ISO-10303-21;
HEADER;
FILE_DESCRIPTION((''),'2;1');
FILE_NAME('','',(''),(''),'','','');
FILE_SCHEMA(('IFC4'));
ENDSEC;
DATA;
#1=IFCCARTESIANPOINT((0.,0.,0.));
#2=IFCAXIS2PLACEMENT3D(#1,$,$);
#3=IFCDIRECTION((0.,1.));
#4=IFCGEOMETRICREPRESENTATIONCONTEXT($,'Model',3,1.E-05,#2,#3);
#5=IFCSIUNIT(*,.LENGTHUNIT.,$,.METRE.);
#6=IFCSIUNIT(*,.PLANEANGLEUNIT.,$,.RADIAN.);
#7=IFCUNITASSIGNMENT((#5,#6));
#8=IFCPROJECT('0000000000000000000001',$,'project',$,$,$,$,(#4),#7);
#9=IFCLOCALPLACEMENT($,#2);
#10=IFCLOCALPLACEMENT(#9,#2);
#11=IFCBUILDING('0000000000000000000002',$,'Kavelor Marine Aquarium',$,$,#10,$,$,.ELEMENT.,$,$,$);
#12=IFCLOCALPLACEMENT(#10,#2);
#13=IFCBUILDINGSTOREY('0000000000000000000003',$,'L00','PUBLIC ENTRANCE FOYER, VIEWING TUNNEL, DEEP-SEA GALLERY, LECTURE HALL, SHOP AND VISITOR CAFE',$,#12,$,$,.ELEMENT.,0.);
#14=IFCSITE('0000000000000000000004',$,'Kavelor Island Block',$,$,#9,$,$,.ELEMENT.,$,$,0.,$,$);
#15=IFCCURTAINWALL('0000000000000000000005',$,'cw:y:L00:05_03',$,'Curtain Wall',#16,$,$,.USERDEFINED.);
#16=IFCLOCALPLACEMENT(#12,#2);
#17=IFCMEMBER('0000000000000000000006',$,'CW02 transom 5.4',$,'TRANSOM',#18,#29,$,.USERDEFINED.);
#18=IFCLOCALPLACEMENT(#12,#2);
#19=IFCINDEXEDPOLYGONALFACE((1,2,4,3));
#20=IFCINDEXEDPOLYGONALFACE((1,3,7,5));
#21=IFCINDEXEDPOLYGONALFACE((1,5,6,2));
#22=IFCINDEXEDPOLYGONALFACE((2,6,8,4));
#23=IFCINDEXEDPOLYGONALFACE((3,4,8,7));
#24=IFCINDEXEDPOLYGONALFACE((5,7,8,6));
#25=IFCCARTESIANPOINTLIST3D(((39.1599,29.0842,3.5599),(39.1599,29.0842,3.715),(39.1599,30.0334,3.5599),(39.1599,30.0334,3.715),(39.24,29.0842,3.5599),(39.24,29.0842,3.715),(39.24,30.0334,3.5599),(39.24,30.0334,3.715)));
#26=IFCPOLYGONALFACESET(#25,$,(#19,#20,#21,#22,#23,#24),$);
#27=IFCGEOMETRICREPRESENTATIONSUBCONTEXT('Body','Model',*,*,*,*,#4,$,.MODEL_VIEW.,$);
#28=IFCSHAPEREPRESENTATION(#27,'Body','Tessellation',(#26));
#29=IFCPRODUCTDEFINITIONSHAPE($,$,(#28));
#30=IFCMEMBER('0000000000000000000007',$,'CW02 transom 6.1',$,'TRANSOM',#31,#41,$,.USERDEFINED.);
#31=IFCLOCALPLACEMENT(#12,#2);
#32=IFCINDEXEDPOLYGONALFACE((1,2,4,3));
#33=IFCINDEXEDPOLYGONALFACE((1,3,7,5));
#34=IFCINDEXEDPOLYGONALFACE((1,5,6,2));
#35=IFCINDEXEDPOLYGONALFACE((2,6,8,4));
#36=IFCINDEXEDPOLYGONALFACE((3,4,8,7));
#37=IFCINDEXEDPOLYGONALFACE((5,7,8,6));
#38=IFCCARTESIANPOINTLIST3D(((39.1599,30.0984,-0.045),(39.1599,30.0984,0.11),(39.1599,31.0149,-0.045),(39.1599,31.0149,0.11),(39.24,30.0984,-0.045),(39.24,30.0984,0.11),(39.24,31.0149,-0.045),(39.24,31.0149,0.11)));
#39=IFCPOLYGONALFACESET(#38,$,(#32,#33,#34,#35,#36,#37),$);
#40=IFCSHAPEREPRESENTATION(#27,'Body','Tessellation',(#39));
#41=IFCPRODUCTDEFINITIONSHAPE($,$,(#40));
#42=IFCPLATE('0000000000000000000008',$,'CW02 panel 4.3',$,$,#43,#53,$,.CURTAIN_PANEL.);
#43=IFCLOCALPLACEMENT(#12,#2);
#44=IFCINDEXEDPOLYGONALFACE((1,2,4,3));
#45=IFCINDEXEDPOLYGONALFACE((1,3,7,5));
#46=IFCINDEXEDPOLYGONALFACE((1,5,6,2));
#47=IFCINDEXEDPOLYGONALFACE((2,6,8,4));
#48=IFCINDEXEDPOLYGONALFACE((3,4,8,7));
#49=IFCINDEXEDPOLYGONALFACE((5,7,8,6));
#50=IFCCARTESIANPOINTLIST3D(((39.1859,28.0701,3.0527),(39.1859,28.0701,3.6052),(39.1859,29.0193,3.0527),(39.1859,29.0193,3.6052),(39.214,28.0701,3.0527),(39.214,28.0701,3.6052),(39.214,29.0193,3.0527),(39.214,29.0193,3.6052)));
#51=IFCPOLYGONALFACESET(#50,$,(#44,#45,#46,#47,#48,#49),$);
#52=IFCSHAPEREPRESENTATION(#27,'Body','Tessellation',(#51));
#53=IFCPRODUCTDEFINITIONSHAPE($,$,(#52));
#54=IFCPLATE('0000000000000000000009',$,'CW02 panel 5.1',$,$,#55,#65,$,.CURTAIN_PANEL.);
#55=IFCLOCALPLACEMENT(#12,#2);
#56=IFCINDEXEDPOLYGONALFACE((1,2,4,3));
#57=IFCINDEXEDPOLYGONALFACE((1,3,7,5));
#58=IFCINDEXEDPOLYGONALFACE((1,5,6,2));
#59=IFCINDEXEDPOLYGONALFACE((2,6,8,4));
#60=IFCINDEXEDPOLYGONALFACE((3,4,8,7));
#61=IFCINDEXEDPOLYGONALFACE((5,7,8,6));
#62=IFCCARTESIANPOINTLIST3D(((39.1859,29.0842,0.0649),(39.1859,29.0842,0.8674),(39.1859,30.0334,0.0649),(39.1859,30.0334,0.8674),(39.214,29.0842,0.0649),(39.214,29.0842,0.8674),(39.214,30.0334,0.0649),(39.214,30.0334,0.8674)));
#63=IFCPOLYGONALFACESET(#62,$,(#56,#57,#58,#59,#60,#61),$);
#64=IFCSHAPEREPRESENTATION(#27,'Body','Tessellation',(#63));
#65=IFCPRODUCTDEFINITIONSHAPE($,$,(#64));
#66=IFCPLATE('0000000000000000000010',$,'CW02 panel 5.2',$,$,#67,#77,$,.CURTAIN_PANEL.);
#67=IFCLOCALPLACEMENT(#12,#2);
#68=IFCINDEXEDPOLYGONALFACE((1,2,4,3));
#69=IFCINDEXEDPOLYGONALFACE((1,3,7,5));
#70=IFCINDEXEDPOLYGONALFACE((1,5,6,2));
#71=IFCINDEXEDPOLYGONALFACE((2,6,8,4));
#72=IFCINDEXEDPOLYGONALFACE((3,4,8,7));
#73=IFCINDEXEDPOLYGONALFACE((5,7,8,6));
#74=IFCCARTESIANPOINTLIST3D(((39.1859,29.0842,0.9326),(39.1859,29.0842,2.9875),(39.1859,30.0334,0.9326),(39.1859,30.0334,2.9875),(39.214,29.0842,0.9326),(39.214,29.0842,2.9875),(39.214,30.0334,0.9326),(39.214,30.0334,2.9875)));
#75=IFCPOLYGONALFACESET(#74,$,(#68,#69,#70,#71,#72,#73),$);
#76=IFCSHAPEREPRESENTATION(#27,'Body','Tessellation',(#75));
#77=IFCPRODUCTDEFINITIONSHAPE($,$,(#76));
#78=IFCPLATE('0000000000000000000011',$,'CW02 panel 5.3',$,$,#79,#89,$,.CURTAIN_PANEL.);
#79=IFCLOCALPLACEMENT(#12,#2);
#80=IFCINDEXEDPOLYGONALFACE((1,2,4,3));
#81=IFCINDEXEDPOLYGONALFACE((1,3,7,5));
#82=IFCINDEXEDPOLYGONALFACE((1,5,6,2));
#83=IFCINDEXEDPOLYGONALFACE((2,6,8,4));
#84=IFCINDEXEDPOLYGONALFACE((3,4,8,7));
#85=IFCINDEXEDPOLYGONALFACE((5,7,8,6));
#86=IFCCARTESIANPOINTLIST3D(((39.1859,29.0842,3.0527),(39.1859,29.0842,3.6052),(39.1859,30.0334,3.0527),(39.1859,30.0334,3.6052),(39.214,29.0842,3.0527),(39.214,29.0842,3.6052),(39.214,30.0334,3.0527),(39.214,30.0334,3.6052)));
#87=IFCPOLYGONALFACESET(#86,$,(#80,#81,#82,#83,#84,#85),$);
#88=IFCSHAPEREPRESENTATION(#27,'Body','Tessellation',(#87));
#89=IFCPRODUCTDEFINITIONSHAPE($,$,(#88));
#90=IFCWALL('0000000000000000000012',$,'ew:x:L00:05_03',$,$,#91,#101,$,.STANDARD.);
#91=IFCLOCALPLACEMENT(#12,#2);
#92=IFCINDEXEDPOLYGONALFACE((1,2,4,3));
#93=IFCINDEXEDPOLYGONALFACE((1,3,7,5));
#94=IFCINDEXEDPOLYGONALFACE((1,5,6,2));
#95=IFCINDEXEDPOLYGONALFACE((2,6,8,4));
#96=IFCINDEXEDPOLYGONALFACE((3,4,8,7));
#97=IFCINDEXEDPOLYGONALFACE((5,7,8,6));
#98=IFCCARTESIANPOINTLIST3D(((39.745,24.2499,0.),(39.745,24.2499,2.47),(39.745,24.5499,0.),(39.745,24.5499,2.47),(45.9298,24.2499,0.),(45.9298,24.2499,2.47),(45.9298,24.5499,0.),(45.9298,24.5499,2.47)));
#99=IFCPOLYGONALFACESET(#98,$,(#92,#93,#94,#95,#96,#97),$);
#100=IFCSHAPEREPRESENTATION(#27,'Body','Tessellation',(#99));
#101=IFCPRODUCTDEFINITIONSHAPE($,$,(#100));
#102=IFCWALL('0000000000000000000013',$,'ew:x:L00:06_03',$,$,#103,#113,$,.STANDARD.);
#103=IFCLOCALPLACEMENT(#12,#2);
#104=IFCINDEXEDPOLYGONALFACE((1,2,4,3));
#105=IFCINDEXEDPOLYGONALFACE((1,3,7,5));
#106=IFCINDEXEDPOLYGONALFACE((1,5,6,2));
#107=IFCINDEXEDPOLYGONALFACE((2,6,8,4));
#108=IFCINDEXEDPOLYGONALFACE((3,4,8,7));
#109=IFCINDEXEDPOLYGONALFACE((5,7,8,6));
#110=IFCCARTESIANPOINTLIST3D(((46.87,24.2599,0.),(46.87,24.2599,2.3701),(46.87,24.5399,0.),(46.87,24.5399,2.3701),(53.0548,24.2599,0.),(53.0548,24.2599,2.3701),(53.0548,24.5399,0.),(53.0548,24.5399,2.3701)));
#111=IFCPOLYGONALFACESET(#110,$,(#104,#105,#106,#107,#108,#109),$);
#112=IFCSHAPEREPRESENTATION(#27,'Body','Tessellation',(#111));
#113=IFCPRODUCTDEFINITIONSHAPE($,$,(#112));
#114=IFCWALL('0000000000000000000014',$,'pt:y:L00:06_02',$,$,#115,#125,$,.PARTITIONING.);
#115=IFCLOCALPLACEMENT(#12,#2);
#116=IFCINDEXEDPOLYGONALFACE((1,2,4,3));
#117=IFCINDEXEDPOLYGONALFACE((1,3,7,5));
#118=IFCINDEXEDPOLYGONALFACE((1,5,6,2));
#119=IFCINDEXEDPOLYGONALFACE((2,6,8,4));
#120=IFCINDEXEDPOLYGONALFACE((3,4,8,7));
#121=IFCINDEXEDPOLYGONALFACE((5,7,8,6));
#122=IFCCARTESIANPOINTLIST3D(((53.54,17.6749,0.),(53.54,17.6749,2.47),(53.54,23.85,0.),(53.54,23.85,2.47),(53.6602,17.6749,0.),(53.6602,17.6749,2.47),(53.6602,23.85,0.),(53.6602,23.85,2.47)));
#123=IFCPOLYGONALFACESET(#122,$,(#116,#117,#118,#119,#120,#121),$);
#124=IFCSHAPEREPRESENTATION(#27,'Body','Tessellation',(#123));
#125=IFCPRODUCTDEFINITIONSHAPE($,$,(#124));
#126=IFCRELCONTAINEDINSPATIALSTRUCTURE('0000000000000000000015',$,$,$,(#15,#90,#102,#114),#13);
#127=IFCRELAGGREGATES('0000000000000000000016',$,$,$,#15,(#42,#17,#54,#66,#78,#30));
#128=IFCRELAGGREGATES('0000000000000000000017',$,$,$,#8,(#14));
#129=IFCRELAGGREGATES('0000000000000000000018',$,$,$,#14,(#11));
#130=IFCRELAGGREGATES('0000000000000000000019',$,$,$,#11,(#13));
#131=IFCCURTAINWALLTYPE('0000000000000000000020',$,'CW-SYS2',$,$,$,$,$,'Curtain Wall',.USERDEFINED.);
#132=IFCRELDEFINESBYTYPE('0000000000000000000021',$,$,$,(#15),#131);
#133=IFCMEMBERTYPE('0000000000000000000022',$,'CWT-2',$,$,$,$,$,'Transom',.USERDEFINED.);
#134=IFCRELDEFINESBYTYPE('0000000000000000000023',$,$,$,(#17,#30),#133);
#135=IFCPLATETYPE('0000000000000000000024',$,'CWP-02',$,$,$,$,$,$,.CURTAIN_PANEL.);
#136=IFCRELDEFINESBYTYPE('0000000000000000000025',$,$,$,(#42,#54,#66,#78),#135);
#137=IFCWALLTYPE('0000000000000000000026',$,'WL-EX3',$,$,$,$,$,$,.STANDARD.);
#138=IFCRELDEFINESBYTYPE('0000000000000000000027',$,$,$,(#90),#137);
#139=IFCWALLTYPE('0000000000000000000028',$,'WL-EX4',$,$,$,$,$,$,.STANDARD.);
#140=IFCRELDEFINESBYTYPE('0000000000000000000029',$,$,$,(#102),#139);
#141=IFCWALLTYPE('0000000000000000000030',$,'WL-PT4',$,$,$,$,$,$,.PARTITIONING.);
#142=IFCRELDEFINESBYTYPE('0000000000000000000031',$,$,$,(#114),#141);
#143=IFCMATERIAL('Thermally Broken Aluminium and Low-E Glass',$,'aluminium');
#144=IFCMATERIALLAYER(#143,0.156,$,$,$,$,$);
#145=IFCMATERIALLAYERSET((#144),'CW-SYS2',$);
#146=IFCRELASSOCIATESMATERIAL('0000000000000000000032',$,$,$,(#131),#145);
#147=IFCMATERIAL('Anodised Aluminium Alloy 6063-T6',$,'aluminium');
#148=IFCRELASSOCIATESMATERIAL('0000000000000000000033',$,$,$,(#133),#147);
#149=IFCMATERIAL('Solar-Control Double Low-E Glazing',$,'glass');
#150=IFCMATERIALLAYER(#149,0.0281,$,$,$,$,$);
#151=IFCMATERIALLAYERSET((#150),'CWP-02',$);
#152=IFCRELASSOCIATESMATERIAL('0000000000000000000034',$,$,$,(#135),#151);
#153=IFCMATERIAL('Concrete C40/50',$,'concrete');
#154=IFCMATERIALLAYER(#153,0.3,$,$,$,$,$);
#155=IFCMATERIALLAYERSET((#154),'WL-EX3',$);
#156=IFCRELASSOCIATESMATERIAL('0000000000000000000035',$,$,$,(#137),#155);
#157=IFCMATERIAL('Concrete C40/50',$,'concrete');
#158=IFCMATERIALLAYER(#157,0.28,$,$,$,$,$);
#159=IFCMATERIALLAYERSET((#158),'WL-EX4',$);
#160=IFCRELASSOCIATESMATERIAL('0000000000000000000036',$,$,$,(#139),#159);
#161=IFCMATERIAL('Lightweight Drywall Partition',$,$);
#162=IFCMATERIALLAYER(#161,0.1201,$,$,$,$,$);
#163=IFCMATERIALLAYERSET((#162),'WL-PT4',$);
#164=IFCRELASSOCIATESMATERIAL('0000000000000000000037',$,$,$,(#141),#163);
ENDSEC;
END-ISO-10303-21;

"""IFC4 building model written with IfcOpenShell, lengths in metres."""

from ifc_helpers import new_model, si_unit, direction, frame, frame_2d, origin, origin_2d, place, context, subcontext, project, spatial, rectangle, extrude, material, layer, layer_set, material_profile, profile_set, type_object, element, aggregate, save


model = new_model("IFC4")

# Units and contexts
model_context = context("Model", 3, precision=1e-05, world=origin(), true_north=direction((0.0, 1.0)))
body_context = subcontext(model_context, "Body", "Model", "MODEL_VIEW")
ifc_project = project(units=[si_unit("LENGTHUNIT", "METRE"), si_unit("PLANEANGLEUNIT", "RADIAN")], contexts=[model_context])

# Site, building, storey
site_placement = place(None, origin())
site = spatial("IfcSite", under=ifc_project, at=site_placement, Name="Kavelor Island Block", CompositionType="ELEMENT", RefElevation=0.0)
building_placement = place(site_placement, origin())
building = spatial("IfcBuilding", under=site, at=building_placement, Name="Kavelor Marine Aquarium", CompositionType="ELEMENT")
storey_placement = place(building_placement, origin())
storey = spatial("IfcBuildingStorey", under=building, at=storey_placement, Name="L00", Description="PUBLIC ENTRANCE FOYER, VIEWING TUNNEL, DEEP-SEA GALLERY, LECTURE HALL, SHOP AND VISITOR CAFE", CompositionType="ELEMENT", Elevation=0.0)

# Curtain wall, members, plates
ifc_material_1 = material(Name="Thermally Broken Aluminium and Low-E Glass", Category="aluminium")
ifc_layer_1 = layer(ifc_material_1, 0.156)
ifc_layer_set_1 = layer_set([ifc_layer_1], Name="CW-SYS2")
curtain_wall_type = type_object("IfcCurtainWallType", Name="CW-SYS2", ElementType="Curtain Wall", PredefinedType="USERDEFINED", material=ifc_layer_set_1)
curtain_wall_placement = place(storey_placement, origin())
curtain_wall = element("IfcCurtainWall", 1, at=curtain_wall_placement, inside=storey, type_object=curtain_wall_type, Name="cw:y:L00:05_03", ObjectType="Curtain Wall", PredefinedType="USERDEFINED")
ifc_material_2 = material(Name="Anodised Aluminium Alloy 6063-T6", Category="aluminium")
ifc_material_profile_1 = material_profile(ifc_material_2, rectangle(XDim=0.0801, YDim=0.155, at=origin_2d()), Name="CW-TRN 80x155")
ifc_profile_set_1 = profile_set([ifc_material_profile_1], Name="Anodised Aluminium Alloy 6063-T6")
member_type_1 = type_object("IfcMemberType", Name="CWT-2", ElementType="Transom", PredefinedType="USERDEFINED", material=ifc_profile_set_1)
member_1_placement = place(storey_placement, frame((39.2, 29.0842, 3.6375), z_axis=(0.0, 1.0, 0.0), x_axis=(-1.0, 0.0, 0.0)))
member_1 = element("IfcMember", 2, at=member_1_placement, type_object=member_type_1, Name="CW02 transom 5.4", ObjectType="TRANSOM", PredefinedType="USERDEFINED", context=body_context, shape_type="SweptSolid", body=[
    extrude(rectangle(XDim=0.0801, YDim=0.155, at=origin_2d()), origin(), (0.0, 0.0, 1.0), 0.9492),
])
member_2_placement = place(storey_placement, frame((39.2, 30.0984, 0.0325), z_axis=(0.0, 1.0, 0.0), x_axis=(-1.0, 0.0, 0.0)))
member_2 = element("IfcMember", 3, at=member_2_placement, type_object=member_type_1, Name="CW02 transom 6.1", ObjectType="TRANSOM", PredefinedType="USERDEFINED", context=body_context, shape_type="SweptSolid", body=[
    extrude(rectangle(XDim=0.0801, YDim=0.155, at=origin_2d()), origin(), (0.0, 0.0, 1.0), 0.9165),
])
ifc_material_3 = material(Name="Solar-Control Double Low-E Glazing", Category="glass")
ifc_layer_2 = layer(ifc_material_3, 0.0281)
ifc_layer_set_2 = layer_set([ifc_layer_2], Name="CWP-02")
plate_type = type_object("IfcPlateType", Name="CWP-02", PredefinedType="CURTAIN_PANEL", material=ifc_layer_set_2)
plate_1_placement = place(storey_placement, frame((39.2, 28.5447, 3.0527), z_axis=(0.0, 0.0, 1.0), x_axis=(0.0, 1.0, 0.0)))
plate_1 = element("IfcPlate", 4, at=plate_1_placement, type_object=plate_type, Name="CW02 panel 4.3", PredefinedType="CURTAIN_PANEL", context=body_context, shape_type="SweptSolid", body=[
    extrude(rectangle(XDim=0.9492, YDim=0.0281, at=origin_2d()), origin(), (0.0, 0.0, 1.0), 0.5525),
])
plate_2_placement = place(storey_placement, frame((39.2, 29.5588, 0.0649), z_axis=(0.0, 0.0, 1.0), x_axis=(0.0, 1.0, 0.0)))
plate_2 = element("IfcPlate", 5, at=plate_2_placement, type_object=plate_type, Name="CW02 panel 5.1", PredefinedType="CURTAIN_PANEL", context=body_context, shape_type="SweptSolid", body=[
    extrude(rectangle(XDim=0.9492, YDim=0.0281, at=origin_2d()), origin(), (0.0, 0.0, 1.0), 0.8025),
])
plate_3_placement = place(storey_placement, frame((39.2, 29.5588, 0.9326), z_axis=(0.0, 0.0, 1.0), x_axis=(0.0, 1.0, 0.0)))
plate_3 = element("IfcPlate", 6, at=plate_3_placement, type_object=plate_type, Name="CW02 panel 5.2", PredefinedType="CURTAIN_PANEL", context=body_context, shape_type="SweptSolid", body=[
    extrude(rectangle(XDim=0.9492, YDim=0.0281, at=origin_2d()), origin(), (0.0, 0.0, 1.0), 2.0549),
])
plate_4_placement = place(storey_placement, frame((39.2, 29.5588, 3.0527), z_axis=(0.0, 0.0, 1.0), x_axis=(0.0, 1.0, 0.0)))
plate_4 = element("IfcPlate", 7, at=plate_4_placement, type_object=plate_type, Name="CW02 panel 5.3", PredefinedType="CURTAIN_PANEL", context=body_context, shape_type="SweptSolid", body=[
    extrude(rectangle(XDim=0.9492, YDim=0.0281, at=origin_2d()), origin(), (0.0, 0.0, 1.0), 0.5525),
])
aggregate(curtain_wall, [plate_1, member_1, plate_2, plate_3, plate_4, member_2])

# Walls
ifc_material_4 = material(Name="Concrete C40/50", Category="concrete")
ifc_layer_3 = layer(ifc_material_4, 0.3)
ifc_layer_set_3 = layer_set([ifc_layer_3], Name="WL-EX3")
wall_type_1 = type_object("IfcWallType", Name="WL-EX3", PredefinedType="STANDARD", material=ifc_layer_set_3)
wall_1_placement = place(storey_placement, frame((39.7451, 24.3999, 0.0), z_axis=(0.0, 0.0, 1.0), x_axis=(1.0, 0.0, 0.0)))
element("IfcWall", 8, at=wall_1_placement, inside=storey, type_object=wall_type_1, Name="ew:x:L00:05_03", PredefinedType="STANDARD", context=body_context, shape_type="SweptSolid", body=[
    extrude(rectangle(XDim=6.1848, YDim=0.3, at=frame_2d((3.0923, 0.0))), origin(), (0.0, 0.0, 1.0), 2.47),
])
ifc_material_5 = material(Name="Concrete C40/50", Category="concrete")
ifc_layer_4 = layer(ifc_material_5, 0.28)
ifc_layer_set_4 = layer_set([ifc_layer_4], Name="WL-EX4")
wall_type_2 = type_object("IfcWallType", Name="WL-EX4", PredefinedType="STANDARD", material=ifc_layer_set_4)
wall_2_placement = place(storey_placement, frame((46.8701, 24.3999, 0.0), z_axis=(0.0, 0.0, 1.0), x_axis=(1.0, 0.0, 0.0)))
element("IfcWall", 9, at=wall_2_placement, inside=storey, type_object=wall_type_2, Name="ew:x:L00:06_03", PredefinedType="STANDARD", context=body_context, shape_type="SweptSolid", body=[
    extrude(rectangle(XDim=6.1848, YDim=0.28, at=frame_2d((3.0923, 0.0))), origin(), (0.0, 0.0, 1.0), 2.3701),
])
ifc_material_6 = material(Name="Lightweight Drywall Partition")
ifc_layer_5 = layer(ifc_material_6, 0.1201)
ifc_layer_set_5 = layer_set([ifc_layer_5], Name="WL-PT4")
wall_type_3 = type_object("IfcWallType", Name="WL-PT4", PredefinedType="PARTITIONING", material=ifc_layer_set_5)
wall_3_placement = place(storey_placement, frame((53.6001, 17.675, 0.0), z_axis=(0.0, 0.0, 1.0), x_axis=(0.0, 1.0, 0.0)))
element("IfcWall", 10, at=wall_3_placement, inside=storey, type_object=wall_type_3, Name="pt:y:L00:06_02", PredefinedType="PARTITIONING", context=body_context, shape_type="SweptSolid", body=[
    extrude(rectangle(XDim=6.175, YDim=0.1201, at=frame_2d((3.0874, 0.0))), origin(), (0.0, 0.0, 1.0), 2.47),
])

save(model, "model.ifc")
